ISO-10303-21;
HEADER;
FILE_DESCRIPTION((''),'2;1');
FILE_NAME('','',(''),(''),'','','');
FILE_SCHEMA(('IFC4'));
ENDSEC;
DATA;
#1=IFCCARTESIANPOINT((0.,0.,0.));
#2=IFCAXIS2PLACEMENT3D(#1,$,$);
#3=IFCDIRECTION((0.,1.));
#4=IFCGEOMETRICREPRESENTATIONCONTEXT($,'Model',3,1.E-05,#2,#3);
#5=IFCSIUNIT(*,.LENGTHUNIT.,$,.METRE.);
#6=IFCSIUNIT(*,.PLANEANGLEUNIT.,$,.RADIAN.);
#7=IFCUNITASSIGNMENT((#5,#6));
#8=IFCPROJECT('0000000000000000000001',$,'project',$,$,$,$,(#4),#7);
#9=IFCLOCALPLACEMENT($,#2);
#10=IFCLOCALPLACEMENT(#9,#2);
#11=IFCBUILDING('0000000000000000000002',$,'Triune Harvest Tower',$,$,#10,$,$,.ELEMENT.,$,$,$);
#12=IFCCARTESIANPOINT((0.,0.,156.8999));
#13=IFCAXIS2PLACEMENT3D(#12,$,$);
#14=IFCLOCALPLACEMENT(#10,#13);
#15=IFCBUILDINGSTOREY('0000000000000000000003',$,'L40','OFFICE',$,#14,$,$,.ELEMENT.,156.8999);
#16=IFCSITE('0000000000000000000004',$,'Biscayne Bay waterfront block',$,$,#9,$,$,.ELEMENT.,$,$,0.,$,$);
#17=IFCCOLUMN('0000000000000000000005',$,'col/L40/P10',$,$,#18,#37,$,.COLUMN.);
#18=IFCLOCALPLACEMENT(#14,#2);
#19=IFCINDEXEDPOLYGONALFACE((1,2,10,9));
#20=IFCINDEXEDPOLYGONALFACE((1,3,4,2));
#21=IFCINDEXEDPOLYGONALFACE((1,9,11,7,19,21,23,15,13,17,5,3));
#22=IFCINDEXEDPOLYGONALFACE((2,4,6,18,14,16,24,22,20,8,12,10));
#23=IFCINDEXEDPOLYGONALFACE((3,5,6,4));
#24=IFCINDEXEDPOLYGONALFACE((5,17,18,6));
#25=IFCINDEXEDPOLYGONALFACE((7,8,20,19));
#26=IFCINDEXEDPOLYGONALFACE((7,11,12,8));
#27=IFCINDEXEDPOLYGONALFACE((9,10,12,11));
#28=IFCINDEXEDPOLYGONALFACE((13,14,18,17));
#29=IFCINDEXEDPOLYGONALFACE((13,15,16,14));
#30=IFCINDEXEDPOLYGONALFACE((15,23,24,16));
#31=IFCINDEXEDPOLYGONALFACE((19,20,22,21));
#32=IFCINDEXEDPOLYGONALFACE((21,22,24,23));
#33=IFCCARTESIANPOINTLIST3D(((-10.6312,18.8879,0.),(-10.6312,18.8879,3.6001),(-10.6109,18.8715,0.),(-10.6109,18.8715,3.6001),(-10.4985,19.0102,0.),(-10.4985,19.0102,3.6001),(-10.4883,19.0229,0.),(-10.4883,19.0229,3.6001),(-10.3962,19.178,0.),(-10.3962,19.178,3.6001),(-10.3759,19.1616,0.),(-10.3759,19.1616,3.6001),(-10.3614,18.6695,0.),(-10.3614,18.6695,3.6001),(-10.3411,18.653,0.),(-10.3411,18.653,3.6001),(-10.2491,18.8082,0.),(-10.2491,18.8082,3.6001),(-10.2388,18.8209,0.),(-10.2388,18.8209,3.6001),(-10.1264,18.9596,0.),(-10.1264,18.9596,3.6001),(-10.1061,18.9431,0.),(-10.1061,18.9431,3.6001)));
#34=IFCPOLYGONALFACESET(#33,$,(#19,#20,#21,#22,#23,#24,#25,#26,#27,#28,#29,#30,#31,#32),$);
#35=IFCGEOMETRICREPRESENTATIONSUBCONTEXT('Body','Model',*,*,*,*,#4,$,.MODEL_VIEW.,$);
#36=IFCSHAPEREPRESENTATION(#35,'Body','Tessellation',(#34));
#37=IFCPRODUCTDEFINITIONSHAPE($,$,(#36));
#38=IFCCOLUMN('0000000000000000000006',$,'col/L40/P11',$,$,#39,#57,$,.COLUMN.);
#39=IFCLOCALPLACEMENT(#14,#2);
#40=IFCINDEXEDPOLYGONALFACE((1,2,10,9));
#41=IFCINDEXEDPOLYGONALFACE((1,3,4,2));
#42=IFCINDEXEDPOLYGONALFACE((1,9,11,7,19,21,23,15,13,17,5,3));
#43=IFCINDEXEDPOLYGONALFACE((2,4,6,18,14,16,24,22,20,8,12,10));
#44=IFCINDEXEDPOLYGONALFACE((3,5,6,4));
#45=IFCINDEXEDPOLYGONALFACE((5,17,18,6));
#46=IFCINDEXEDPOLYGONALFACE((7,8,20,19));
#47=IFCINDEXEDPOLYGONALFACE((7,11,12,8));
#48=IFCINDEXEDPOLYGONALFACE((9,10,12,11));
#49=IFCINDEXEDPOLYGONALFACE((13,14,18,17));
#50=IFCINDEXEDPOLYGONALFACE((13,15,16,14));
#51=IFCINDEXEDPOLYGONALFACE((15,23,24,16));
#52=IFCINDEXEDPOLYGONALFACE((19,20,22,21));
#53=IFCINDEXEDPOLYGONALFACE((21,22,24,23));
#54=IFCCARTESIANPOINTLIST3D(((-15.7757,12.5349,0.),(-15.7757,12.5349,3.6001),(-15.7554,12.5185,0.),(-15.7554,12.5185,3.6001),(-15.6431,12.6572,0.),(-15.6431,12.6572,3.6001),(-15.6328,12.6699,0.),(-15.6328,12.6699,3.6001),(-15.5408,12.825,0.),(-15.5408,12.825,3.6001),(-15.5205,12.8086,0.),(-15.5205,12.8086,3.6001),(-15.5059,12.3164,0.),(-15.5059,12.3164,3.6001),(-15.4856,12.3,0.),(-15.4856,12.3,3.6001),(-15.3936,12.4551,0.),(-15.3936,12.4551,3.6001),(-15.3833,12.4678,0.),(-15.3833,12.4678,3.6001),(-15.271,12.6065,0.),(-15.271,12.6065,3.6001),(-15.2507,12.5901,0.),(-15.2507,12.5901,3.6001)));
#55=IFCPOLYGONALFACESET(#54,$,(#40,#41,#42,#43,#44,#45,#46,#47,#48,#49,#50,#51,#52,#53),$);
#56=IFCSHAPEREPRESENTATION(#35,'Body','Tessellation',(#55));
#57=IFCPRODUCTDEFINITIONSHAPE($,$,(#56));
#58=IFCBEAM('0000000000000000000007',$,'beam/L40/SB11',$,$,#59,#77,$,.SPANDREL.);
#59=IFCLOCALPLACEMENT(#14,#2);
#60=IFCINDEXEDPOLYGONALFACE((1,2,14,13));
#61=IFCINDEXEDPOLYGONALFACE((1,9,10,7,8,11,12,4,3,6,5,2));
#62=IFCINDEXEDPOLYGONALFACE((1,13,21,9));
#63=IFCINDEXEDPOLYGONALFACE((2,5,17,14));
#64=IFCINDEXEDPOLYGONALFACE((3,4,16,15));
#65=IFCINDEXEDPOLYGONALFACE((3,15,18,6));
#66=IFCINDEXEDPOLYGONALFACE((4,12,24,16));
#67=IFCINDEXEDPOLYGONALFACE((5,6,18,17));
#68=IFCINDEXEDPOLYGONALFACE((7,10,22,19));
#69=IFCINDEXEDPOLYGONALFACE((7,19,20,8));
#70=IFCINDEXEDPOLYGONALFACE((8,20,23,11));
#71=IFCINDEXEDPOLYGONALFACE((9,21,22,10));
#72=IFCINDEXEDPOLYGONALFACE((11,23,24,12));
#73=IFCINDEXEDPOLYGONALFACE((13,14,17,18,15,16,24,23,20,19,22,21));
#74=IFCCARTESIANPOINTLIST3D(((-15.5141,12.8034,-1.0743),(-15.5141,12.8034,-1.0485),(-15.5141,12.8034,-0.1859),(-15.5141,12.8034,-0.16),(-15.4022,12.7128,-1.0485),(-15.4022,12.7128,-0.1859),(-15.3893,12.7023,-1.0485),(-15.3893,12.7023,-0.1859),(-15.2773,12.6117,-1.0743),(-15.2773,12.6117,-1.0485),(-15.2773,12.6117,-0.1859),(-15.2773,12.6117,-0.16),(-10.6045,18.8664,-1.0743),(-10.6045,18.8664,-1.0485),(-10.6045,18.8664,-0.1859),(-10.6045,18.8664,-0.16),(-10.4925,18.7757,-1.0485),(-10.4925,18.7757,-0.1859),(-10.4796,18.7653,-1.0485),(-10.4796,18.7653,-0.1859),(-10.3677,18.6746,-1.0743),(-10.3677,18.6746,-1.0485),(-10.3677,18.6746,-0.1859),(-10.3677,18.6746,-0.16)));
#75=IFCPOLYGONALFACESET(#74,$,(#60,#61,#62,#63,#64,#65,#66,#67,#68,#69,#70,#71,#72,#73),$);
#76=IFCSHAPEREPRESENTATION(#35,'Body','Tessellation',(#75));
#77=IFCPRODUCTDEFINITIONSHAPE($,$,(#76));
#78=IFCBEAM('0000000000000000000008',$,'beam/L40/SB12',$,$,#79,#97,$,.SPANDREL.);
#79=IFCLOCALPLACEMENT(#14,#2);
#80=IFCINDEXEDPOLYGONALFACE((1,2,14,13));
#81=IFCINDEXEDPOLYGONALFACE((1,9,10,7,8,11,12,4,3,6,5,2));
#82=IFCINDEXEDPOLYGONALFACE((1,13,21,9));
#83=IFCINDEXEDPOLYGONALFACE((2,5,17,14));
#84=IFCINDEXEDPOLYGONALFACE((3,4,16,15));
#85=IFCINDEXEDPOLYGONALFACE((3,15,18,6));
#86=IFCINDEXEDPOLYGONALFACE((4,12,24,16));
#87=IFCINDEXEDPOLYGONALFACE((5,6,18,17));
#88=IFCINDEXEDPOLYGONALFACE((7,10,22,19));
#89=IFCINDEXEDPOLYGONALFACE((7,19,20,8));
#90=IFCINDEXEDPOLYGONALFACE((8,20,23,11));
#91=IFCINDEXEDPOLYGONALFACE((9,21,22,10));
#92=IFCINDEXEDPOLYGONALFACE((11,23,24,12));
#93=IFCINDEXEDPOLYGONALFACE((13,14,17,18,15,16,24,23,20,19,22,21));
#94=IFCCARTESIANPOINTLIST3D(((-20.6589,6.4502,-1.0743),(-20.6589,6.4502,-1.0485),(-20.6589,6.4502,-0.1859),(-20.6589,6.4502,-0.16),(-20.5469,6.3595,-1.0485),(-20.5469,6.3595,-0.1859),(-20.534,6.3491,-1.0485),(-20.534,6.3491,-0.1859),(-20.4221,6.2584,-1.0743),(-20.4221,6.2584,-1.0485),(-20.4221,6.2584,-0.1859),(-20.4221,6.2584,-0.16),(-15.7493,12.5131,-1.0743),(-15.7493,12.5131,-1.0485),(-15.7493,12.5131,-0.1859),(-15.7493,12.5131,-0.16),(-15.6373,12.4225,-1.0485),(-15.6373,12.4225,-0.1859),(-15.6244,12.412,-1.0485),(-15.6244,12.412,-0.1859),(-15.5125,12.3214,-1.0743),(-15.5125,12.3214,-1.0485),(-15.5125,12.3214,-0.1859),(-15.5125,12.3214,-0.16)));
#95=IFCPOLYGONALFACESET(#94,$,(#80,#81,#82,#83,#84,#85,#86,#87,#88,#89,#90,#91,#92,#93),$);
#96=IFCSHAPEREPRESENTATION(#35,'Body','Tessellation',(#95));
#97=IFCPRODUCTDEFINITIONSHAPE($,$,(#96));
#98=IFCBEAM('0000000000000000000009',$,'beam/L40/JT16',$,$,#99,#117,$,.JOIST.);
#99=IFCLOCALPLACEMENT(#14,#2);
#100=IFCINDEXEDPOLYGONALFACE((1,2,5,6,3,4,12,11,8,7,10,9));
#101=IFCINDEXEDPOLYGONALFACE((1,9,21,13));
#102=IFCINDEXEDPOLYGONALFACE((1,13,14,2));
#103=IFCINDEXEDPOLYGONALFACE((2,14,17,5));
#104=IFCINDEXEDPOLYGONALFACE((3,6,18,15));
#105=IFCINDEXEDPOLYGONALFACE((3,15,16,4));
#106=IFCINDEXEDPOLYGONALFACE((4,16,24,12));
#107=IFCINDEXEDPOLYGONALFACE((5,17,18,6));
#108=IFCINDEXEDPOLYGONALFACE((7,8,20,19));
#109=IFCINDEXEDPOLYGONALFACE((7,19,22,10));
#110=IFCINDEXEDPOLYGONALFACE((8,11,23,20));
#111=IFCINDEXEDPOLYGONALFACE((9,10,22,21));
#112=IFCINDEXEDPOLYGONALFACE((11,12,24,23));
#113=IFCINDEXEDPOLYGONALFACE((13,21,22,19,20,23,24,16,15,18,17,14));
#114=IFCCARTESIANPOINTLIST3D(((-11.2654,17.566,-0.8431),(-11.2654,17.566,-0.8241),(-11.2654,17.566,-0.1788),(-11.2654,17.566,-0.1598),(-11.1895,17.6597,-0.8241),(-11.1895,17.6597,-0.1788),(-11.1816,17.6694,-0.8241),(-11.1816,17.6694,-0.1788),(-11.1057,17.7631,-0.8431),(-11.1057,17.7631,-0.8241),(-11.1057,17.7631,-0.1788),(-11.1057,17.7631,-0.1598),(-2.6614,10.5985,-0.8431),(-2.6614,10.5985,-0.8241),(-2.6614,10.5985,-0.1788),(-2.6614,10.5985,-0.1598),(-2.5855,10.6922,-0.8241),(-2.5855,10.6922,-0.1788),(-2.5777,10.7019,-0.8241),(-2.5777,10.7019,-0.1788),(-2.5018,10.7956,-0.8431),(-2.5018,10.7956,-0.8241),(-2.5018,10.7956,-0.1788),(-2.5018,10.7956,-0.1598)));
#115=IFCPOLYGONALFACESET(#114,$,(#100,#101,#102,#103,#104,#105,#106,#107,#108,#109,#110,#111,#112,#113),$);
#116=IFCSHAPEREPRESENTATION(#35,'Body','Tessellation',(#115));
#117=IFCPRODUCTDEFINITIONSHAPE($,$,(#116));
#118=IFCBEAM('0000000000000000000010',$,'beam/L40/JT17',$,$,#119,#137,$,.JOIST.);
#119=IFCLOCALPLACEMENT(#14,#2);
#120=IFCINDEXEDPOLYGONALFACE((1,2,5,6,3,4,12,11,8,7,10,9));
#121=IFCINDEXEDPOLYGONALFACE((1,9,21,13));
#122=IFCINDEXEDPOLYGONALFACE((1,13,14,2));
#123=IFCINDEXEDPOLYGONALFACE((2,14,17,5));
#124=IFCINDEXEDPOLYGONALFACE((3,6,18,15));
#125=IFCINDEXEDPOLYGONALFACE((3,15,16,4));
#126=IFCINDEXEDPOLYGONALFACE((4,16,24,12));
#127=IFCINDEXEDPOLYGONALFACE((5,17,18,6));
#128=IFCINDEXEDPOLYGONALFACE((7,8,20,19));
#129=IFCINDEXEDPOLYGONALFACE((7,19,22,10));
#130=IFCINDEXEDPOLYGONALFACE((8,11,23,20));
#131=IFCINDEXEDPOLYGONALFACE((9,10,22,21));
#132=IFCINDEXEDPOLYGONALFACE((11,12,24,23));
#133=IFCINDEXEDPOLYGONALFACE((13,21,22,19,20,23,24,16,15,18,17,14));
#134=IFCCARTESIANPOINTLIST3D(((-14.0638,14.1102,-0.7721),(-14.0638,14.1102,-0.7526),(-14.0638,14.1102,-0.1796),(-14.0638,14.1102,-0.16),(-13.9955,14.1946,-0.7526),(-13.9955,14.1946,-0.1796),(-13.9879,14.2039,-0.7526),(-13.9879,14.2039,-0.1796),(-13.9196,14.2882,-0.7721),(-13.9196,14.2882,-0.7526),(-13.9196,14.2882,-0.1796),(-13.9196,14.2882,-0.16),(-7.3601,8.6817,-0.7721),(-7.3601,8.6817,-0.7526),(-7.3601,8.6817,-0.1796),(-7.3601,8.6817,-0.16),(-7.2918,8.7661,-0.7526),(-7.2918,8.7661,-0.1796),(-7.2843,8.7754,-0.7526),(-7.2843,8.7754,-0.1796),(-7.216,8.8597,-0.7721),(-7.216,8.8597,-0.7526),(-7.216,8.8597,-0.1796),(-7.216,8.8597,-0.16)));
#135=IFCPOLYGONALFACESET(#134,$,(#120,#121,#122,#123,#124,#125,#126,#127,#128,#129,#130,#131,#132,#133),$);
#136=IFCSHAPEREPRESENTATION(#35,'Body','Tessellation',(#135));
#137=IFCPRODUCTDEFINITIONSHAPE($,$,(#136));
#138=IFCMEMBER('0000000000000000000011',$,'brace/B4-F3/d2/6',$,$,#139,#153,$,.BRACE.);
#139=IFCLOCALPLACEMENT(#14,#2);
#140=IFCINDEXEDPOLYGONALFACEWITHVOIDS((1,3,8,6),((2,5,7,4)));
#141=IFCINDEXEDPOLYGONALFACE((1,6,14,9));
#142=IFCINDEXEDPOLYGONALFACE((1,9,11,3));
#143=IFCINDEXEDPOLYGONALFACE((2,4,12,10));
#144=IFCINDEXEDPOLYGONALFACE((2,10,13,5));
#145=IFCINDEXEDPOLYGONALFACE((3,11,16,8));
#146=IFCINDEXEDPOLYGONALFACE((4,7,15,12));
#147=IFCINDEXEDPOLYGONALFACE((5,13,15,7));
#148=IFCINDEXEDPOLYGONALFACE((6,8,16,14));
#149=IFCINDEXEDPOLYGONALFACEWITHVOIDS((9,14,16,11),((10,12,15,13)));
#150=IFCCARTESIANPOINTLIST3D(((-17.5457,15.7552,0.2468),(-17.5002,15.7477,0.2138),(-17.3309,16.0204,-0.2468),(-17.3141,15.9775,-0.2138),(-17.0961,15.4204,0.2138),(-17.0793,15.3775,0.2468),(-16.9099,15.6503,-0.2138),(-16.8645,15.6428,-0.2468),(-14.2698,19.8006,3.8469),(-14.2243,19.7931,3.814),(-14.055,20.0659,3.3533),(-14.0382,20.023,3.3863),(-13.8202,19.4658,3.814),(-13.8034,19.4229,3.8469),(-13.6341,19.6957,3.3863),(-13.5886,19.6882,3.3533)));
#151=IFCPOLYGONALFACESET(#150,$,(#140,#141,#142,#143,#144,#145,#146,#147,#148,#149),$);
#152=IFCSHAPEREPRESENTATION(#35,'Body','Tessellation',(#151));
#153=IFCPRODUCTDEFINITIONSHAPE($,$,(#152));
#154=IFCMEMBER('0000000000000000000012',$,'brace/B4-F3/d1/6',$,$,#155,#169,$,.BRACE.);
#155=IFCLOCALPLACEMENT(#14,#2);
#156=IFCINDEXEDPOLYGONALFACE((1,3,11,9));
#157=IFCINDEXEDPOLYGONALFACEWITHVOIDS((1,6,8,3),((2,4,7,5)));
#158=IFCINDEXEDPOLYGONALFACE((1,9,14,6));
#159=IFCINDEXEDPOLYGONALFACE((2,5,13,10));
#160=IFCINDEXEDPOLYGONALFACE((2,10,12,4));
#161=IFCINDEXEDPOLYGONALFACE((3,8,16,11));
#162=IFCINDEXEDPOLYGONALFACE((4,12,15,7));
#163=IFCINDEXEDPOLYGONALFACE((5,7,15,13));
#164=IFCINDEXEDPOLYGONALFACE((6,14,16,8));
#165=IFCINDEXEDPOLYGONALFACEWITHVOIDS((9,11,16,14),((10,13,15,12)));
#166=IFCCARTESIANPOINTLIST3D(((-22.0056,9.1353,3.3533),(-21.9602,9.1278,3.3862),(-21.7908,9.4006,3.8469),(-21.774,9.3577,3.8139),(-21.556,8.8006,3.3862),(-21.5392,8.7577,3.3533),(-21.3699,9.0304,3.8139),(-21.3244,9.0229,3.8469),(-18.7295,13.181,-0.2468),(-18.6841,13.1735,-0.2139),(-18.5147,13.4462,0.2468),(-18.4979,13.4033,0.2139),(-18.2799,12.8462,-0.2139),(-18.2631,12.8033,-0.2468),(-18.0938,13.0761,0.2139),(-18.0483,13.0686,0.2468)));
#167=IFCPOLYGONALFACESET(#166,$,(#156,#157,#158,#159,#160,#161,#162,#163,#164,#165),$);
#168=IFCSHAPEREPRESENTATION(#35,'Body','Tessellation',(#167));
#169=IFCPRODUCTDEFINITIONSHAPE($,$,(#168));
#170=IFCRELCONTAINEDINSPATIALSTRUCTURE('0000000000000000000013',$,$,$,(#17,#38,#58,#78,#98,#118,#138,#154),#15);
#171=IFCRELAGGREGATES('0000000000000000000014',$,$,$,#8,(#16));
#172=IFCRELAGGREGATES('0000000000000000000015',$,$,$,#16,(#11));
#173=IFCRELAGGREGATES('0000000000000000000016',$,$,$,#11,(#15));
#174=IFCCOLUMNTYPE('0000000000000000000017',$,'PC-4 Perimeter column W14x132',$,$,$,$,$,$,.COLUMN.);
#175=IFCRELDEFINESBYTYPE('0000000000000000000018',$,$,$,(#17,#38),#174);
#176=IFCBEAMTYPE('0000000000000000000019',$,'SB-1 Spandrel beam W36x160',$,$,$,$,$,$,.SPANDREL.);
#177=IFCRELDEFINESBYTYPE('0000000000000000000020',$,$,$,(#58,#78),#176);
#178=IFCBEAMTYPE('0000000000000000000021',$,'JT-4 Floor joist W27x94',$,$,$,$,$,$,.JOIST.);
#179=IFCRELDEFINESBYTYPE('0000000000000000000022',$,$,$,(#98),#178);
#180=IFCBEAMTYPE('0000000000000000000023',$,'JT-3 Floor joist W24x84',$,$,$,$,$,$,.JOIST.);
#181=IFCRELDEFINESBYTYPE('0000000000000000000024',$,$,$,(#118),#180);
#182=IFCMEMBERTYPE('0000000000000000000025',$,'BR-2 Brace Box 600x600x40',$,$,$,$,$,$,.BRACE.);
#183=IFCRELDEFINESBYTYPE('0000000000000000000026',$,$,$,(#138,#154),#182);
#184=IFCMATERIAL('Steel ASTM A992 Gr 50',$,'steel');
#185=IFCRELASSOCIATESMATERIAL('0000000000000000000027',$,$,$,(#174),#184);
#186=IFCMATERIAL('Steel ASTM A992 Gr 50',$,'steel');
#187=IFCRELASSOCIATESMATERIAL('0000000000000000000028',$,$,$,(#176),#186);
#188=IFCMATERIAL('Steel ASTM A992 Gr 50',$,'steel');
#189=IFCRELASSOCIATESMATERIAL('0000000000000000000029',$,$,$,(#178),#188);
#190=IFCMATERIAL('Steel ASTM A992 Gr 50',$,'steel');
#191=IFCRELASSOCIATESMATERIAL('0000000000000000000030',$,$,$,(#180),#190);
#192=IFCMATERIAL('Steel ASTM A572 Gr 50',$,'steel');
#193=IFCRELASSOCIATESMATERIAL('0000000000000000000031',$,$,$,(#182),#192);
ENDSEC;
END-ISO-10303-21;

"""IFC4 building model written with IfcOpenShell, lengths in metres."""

from ifc_helpers import new_model, si_unit, direction, frame, origin, origin_2d, place, context, subcontext, project, spatial, hollow_rectangle, i_section, extrude, source, transform, mapped, material, material_profile, profile_set, type_object, element, save


model = new_model("IFC4")

# Units and contexts
model_context = context("Model", 3, precision=1e-05, world=origin(), true_north=direction((0.0, 1.0)))
body_context = subcontext(model_context, "Body", "Model", "MODEL_VIEW")
ifc_project = project(units=[si_unit("LENGTHUNIT", "METRE"), si_unit("PLANEANGLEUNIT", "RADIAN")], contexts=[model_context])

# Site, building, storey
site_placement = place(None, origin())
site = spatial("IfcSite", under=ifc_project, at=site_placement, Name="Biscayne Bay waterfront block", CompositionType="ELEMENT", RefElevation=0.0)
building_placement = place(site_placement, origin())
building = spatial("IfcBuilding", under=site, at=building_placement, Name="Triune Harvest Tower", CompositionType="ELEMENT")
storey_placement = place(building_placement, frame((0.0, 0.0, 156.8999)))
storey = spatial("IfcBuildingStorey", under=building, at=storey_placement, Name="L40", Description="OFFICE", CompositionType="ELEMENT", Elevation=156.8999)

# Columns
ifc_material_1 = material(Name="Steel ASTM A992 Gr 50", Category="steel")
ifc_material_profile_1 = material_profile(ifc_material_1, i_section(OverallWidth=0.3733, OverallDepth=0.3733, WebThickness=0.0164, FlangeThickness=0.0261, at=origin_2d()), Name="W14x132")
ifc_profile_set_1 = profile_set([ifc_material_profile_1], Name="Steel ASTM A992 Gr 50")
column_type = type_object("IfcColumnType", Name="PC-4 Perimeter column W14x132", PredefinedType="COLUMN", material=ifc_profile_set_1)
shared_shape_1 = source(origin(), body_context, "Body", "SweptSolid", [
    extrude(i_section(OverallWidth=0.3733, OverallDepth=0.3733, WebThickness=0.0164, FlangeThickness=0.0261, at=origin_2d()), origin(), (0.0, 0.0, 1.0), 3.6001),
])
for number, where, z_axis, x_axis, name in (
    (1, (-10.3687, 18.9155, 0.0), (0.0, 0.0, 1.0), (-0.629322, -0.777145, 0.0), "col/L40/P10"),
    (2, (-15.5132, 12.5625, 0.0), (0.0, 0.0, 1.0), (-0.629322, -0.777145, 0.0), "col/L40/P11"),
):
    element("IfcColumn", number, at=place(storey_placement, frame(where, z_axis=z_axis, x_axis=x_axis)), inside=storey, type_object=column_type, Name=name, PredefinedType="COLUMN", context=body_context, shape_type="MappedRepresentation", body=[
        mapped(shared_shape_1, transform((0.0, 0.0, 0.0), scale=1.0)),
    ])

# Beams
ifc_material_2 = material(Name="Steel ASTM A992 Gr 50", Category="steel")
ifc_material_profile_2 = material_profile(ifc_material_2, i_section(OverallWidth=0.3047, OverallDepth=0.9143, WebThickness=0.0166, FlangeThickness=0.0259, at=origin_2d()), Name="W36x160")
ifc_profile_set_2 = profile_set([ifc_material_profile_2], Name="Steel ASTM A992 Gr 50")
beam_type_1 = type_object("IfcBeamType", Name="SB-1 Spandrel beam W36x160", PredefinedType="SPANDREL", material=ifc_profile_set_2)
shared_shape_2 = source(origin(), body_context, "Body", "SweptSolid", [
    extrude(i_section(OverallWidth=0.3047, OverallDepth=0.9143, WebThickness=0.0166, FlangeThickness=0.0259, at=origin_2d()), origin(), (0.0, 0.0, 1.0), 7.8015),
])
for number, where, z_axis, x_axis, name in (
    (3, (-10.4861, 18.7705, -0.6172), (-0.629317, -0.777149, 0.0), (0.777149, -0.629317, 0.0), "beam/L40/SB11"),
    (4, (-15.6309, 12.4172, -0.6172), (-0.629317, -0.777149, 0.0), (0.777149, -0.629317, 0.0), "beam/L40/SB12"),
):
    element("IfcBeam", number, at=place(storey_placement, frame(where, z_axis=z_axis, x_axis=x_axis)), inside=storey, type_object=beam_type_1, Name=name, PredefinedType="SPANDREL", context=body_context, shape_type="MappedRepresentation", body=[
        mapped(shared_shape_2, transform((0.0, 0.0, 0.0), scale=1.0)),
    ])
ifc_material_3 = material(Name="Steel ASTM A992 Gr 50", Category="steel")
ifc_material_profile_3 = material_profile(ifc_material_3, i_section(OverallWidth=0.2537, OverallDepth=0.6833, WebThickness=0.0125, FlangeThickness=0.019, at=origin_2d()), Name="W27x94")
ifc_profile_set_3 = profile_set([ifc_material_profile_3], Name="Steel ASTM A992 Gr 50")
beam_type_2 = type_object("IfcBeamType", Name="JT-4 Floor joist W27x94", PredefinedType="JOIST", material=ifc_profile_set_3)
shared_shape_3 = source(origin(), body_context, "Body", "SweptSolid", [
    extrude(i_section(OverallWidth=0.2537, OverallDepth=0.6833, WebThickness=0.0125, FlangeThickness=0.019, at=origin_2d()), origin(), (0.0, 0.0, 1.0), 11.0713),
])
beam_1_placement = place(storey_placement, frame((-11.1855, 17.6646, -0.5015), z_axis=(0.77714, -0.629328, 0.0), x_axis=(0.629328, 0.77714, 0.0)))
element("IfcBeam", 5, at=beam_1_placement, inside=storey, type_object=beam_type_2, Name="beam/L40/JT16", PredefinedType="JOIST", context=body_context, shape_type="MappedRepresentation", body=[
    mapped(shared_shape_3, transform((0.0, 0.0, 0.0), scale=1.0)),
])
ifc_material_4 = material(Name="Steel ASTM A992 Gr 50", Category="steel")
ifc_material_profile_4 = material_profile(ifc_material_4, i_section(OverallWidth=0.229, OverallDepth=0.6121, WebThickness=0.012, FlangeThickness=0.0195, at=origin_2d()), Name="W24x84")
ifc_profile_set_4 = profile_set([ifc_material_profile_4], Name="Steel ASTM A992 Gr 50")
beam_type_3 = type_object("IfcBeamType", Name="JT-3 Floor joist W24x84", PredefinedType="JOIST", material=ifc_profile_set_4)
shared_shape_4 = source(origin(), body_context, "Body", "SweptSolid", [
    extrude(i_section(OverallWidth=0.229, OverallDepth=0.6121, WebThickness=0.012, FlangeThickness=0.0195, at=origin_2d()), origin(), (0.0, 0.0, 1.0), 8.626),
])
beam_2_placement = place(storey_placement, frame((-13.9917, 14.1992, -0.4661), z_axis=(0.777147, -0.62932, 0.0), x_axis=(0.62932, 0.777147, 0.0)))
element("IfcBeam", 6, at=beam_2_placement, inside=storey, type_object=beam_type_3, Name="beam/L40/JT17", PredefinedType="JOIST", context=body_context, shape_type="MappedRepresentation", body=[
    mapped(shared_shape_4, transform((0.0, 0.0, 0.0), scale=1.0)),
])

# Members
ifc_material_5 = material(Name="Steel ASTM A572 Gr 50", Category="steel")
ifc_material_profile_5 = material_profile(ifc_material_5, hollow_rectangle(XDim=0.6001, YDim=0.6001, WallThickness=0.04, at=origin_2d()), Name="Box 600x600x40")
ifc_profile_set_5 = profile_set([ifc_material_profile_5], Name="Steel ASTM A572 Gr 50")
member_type_1 = type_object("IfcMemberType", Name="BR-2 Brace Box 600x600x40", PredefinedType="BRACE", material=ifc_profile_set_5)
shared_shape_5 = source(origin(), body_context, "Body", "SweptSolid", [
    extrude(hollow_rectangle(XDim=0.6001, YDim=0.6001, WallThickness=0.04, at=origin_2d()), origin(), (0.0, 0.0, 1.0), 6.3291),
])
member_1_placement = place(storey_placement, frame((-17.2051, 15.699, 0.0), z_axis=(0.517591, 0.639177, 0.568817), x_axis=(-0.777149, 0.629317, 0.0)))
element("IfcMember", 7, at=member_1_placement, inside=storey, type_object=member_type_1, Name="brace/B4-F3/d2/6", PredefinedType="BRACE", context=body_context, shape_type="MappedRepresentation", body=[
    mapped(shared_shape_5, transform((0.0, 0.0, 0.0), scale=1.0)),
])
shared_shape_6 = source(origin(), body_context, "Body", "SweptSolid", [
    extrude(hollow_rectangle(XDim=0.6001, YDim=0.6001, WallThickness=0.04, at=origin_2d()), origin(), (0.0, 0.0, 1.0), 6.3293),
])
member_2_placement = place(storey_placement, frame((-18.3889, 13.1248, 0.0), z_axis=(-0.517606, -0.639187, 0.568792), x_axis=(0.777144, -0.629322, 0.0)))
element("IfcMember", 8, at=member_2_placement, inside=storey, type_object=member_type_1, Name="brace/B4-F3/d1/6", PredefinedType="BRACE", context=body_context, shape_type="MappedRepresentation", body=[
    mapped(shared_shape_6, transform((0.0, 0.0, 0.0), scale=1.0)),
])

save(model, "model.ifc")
